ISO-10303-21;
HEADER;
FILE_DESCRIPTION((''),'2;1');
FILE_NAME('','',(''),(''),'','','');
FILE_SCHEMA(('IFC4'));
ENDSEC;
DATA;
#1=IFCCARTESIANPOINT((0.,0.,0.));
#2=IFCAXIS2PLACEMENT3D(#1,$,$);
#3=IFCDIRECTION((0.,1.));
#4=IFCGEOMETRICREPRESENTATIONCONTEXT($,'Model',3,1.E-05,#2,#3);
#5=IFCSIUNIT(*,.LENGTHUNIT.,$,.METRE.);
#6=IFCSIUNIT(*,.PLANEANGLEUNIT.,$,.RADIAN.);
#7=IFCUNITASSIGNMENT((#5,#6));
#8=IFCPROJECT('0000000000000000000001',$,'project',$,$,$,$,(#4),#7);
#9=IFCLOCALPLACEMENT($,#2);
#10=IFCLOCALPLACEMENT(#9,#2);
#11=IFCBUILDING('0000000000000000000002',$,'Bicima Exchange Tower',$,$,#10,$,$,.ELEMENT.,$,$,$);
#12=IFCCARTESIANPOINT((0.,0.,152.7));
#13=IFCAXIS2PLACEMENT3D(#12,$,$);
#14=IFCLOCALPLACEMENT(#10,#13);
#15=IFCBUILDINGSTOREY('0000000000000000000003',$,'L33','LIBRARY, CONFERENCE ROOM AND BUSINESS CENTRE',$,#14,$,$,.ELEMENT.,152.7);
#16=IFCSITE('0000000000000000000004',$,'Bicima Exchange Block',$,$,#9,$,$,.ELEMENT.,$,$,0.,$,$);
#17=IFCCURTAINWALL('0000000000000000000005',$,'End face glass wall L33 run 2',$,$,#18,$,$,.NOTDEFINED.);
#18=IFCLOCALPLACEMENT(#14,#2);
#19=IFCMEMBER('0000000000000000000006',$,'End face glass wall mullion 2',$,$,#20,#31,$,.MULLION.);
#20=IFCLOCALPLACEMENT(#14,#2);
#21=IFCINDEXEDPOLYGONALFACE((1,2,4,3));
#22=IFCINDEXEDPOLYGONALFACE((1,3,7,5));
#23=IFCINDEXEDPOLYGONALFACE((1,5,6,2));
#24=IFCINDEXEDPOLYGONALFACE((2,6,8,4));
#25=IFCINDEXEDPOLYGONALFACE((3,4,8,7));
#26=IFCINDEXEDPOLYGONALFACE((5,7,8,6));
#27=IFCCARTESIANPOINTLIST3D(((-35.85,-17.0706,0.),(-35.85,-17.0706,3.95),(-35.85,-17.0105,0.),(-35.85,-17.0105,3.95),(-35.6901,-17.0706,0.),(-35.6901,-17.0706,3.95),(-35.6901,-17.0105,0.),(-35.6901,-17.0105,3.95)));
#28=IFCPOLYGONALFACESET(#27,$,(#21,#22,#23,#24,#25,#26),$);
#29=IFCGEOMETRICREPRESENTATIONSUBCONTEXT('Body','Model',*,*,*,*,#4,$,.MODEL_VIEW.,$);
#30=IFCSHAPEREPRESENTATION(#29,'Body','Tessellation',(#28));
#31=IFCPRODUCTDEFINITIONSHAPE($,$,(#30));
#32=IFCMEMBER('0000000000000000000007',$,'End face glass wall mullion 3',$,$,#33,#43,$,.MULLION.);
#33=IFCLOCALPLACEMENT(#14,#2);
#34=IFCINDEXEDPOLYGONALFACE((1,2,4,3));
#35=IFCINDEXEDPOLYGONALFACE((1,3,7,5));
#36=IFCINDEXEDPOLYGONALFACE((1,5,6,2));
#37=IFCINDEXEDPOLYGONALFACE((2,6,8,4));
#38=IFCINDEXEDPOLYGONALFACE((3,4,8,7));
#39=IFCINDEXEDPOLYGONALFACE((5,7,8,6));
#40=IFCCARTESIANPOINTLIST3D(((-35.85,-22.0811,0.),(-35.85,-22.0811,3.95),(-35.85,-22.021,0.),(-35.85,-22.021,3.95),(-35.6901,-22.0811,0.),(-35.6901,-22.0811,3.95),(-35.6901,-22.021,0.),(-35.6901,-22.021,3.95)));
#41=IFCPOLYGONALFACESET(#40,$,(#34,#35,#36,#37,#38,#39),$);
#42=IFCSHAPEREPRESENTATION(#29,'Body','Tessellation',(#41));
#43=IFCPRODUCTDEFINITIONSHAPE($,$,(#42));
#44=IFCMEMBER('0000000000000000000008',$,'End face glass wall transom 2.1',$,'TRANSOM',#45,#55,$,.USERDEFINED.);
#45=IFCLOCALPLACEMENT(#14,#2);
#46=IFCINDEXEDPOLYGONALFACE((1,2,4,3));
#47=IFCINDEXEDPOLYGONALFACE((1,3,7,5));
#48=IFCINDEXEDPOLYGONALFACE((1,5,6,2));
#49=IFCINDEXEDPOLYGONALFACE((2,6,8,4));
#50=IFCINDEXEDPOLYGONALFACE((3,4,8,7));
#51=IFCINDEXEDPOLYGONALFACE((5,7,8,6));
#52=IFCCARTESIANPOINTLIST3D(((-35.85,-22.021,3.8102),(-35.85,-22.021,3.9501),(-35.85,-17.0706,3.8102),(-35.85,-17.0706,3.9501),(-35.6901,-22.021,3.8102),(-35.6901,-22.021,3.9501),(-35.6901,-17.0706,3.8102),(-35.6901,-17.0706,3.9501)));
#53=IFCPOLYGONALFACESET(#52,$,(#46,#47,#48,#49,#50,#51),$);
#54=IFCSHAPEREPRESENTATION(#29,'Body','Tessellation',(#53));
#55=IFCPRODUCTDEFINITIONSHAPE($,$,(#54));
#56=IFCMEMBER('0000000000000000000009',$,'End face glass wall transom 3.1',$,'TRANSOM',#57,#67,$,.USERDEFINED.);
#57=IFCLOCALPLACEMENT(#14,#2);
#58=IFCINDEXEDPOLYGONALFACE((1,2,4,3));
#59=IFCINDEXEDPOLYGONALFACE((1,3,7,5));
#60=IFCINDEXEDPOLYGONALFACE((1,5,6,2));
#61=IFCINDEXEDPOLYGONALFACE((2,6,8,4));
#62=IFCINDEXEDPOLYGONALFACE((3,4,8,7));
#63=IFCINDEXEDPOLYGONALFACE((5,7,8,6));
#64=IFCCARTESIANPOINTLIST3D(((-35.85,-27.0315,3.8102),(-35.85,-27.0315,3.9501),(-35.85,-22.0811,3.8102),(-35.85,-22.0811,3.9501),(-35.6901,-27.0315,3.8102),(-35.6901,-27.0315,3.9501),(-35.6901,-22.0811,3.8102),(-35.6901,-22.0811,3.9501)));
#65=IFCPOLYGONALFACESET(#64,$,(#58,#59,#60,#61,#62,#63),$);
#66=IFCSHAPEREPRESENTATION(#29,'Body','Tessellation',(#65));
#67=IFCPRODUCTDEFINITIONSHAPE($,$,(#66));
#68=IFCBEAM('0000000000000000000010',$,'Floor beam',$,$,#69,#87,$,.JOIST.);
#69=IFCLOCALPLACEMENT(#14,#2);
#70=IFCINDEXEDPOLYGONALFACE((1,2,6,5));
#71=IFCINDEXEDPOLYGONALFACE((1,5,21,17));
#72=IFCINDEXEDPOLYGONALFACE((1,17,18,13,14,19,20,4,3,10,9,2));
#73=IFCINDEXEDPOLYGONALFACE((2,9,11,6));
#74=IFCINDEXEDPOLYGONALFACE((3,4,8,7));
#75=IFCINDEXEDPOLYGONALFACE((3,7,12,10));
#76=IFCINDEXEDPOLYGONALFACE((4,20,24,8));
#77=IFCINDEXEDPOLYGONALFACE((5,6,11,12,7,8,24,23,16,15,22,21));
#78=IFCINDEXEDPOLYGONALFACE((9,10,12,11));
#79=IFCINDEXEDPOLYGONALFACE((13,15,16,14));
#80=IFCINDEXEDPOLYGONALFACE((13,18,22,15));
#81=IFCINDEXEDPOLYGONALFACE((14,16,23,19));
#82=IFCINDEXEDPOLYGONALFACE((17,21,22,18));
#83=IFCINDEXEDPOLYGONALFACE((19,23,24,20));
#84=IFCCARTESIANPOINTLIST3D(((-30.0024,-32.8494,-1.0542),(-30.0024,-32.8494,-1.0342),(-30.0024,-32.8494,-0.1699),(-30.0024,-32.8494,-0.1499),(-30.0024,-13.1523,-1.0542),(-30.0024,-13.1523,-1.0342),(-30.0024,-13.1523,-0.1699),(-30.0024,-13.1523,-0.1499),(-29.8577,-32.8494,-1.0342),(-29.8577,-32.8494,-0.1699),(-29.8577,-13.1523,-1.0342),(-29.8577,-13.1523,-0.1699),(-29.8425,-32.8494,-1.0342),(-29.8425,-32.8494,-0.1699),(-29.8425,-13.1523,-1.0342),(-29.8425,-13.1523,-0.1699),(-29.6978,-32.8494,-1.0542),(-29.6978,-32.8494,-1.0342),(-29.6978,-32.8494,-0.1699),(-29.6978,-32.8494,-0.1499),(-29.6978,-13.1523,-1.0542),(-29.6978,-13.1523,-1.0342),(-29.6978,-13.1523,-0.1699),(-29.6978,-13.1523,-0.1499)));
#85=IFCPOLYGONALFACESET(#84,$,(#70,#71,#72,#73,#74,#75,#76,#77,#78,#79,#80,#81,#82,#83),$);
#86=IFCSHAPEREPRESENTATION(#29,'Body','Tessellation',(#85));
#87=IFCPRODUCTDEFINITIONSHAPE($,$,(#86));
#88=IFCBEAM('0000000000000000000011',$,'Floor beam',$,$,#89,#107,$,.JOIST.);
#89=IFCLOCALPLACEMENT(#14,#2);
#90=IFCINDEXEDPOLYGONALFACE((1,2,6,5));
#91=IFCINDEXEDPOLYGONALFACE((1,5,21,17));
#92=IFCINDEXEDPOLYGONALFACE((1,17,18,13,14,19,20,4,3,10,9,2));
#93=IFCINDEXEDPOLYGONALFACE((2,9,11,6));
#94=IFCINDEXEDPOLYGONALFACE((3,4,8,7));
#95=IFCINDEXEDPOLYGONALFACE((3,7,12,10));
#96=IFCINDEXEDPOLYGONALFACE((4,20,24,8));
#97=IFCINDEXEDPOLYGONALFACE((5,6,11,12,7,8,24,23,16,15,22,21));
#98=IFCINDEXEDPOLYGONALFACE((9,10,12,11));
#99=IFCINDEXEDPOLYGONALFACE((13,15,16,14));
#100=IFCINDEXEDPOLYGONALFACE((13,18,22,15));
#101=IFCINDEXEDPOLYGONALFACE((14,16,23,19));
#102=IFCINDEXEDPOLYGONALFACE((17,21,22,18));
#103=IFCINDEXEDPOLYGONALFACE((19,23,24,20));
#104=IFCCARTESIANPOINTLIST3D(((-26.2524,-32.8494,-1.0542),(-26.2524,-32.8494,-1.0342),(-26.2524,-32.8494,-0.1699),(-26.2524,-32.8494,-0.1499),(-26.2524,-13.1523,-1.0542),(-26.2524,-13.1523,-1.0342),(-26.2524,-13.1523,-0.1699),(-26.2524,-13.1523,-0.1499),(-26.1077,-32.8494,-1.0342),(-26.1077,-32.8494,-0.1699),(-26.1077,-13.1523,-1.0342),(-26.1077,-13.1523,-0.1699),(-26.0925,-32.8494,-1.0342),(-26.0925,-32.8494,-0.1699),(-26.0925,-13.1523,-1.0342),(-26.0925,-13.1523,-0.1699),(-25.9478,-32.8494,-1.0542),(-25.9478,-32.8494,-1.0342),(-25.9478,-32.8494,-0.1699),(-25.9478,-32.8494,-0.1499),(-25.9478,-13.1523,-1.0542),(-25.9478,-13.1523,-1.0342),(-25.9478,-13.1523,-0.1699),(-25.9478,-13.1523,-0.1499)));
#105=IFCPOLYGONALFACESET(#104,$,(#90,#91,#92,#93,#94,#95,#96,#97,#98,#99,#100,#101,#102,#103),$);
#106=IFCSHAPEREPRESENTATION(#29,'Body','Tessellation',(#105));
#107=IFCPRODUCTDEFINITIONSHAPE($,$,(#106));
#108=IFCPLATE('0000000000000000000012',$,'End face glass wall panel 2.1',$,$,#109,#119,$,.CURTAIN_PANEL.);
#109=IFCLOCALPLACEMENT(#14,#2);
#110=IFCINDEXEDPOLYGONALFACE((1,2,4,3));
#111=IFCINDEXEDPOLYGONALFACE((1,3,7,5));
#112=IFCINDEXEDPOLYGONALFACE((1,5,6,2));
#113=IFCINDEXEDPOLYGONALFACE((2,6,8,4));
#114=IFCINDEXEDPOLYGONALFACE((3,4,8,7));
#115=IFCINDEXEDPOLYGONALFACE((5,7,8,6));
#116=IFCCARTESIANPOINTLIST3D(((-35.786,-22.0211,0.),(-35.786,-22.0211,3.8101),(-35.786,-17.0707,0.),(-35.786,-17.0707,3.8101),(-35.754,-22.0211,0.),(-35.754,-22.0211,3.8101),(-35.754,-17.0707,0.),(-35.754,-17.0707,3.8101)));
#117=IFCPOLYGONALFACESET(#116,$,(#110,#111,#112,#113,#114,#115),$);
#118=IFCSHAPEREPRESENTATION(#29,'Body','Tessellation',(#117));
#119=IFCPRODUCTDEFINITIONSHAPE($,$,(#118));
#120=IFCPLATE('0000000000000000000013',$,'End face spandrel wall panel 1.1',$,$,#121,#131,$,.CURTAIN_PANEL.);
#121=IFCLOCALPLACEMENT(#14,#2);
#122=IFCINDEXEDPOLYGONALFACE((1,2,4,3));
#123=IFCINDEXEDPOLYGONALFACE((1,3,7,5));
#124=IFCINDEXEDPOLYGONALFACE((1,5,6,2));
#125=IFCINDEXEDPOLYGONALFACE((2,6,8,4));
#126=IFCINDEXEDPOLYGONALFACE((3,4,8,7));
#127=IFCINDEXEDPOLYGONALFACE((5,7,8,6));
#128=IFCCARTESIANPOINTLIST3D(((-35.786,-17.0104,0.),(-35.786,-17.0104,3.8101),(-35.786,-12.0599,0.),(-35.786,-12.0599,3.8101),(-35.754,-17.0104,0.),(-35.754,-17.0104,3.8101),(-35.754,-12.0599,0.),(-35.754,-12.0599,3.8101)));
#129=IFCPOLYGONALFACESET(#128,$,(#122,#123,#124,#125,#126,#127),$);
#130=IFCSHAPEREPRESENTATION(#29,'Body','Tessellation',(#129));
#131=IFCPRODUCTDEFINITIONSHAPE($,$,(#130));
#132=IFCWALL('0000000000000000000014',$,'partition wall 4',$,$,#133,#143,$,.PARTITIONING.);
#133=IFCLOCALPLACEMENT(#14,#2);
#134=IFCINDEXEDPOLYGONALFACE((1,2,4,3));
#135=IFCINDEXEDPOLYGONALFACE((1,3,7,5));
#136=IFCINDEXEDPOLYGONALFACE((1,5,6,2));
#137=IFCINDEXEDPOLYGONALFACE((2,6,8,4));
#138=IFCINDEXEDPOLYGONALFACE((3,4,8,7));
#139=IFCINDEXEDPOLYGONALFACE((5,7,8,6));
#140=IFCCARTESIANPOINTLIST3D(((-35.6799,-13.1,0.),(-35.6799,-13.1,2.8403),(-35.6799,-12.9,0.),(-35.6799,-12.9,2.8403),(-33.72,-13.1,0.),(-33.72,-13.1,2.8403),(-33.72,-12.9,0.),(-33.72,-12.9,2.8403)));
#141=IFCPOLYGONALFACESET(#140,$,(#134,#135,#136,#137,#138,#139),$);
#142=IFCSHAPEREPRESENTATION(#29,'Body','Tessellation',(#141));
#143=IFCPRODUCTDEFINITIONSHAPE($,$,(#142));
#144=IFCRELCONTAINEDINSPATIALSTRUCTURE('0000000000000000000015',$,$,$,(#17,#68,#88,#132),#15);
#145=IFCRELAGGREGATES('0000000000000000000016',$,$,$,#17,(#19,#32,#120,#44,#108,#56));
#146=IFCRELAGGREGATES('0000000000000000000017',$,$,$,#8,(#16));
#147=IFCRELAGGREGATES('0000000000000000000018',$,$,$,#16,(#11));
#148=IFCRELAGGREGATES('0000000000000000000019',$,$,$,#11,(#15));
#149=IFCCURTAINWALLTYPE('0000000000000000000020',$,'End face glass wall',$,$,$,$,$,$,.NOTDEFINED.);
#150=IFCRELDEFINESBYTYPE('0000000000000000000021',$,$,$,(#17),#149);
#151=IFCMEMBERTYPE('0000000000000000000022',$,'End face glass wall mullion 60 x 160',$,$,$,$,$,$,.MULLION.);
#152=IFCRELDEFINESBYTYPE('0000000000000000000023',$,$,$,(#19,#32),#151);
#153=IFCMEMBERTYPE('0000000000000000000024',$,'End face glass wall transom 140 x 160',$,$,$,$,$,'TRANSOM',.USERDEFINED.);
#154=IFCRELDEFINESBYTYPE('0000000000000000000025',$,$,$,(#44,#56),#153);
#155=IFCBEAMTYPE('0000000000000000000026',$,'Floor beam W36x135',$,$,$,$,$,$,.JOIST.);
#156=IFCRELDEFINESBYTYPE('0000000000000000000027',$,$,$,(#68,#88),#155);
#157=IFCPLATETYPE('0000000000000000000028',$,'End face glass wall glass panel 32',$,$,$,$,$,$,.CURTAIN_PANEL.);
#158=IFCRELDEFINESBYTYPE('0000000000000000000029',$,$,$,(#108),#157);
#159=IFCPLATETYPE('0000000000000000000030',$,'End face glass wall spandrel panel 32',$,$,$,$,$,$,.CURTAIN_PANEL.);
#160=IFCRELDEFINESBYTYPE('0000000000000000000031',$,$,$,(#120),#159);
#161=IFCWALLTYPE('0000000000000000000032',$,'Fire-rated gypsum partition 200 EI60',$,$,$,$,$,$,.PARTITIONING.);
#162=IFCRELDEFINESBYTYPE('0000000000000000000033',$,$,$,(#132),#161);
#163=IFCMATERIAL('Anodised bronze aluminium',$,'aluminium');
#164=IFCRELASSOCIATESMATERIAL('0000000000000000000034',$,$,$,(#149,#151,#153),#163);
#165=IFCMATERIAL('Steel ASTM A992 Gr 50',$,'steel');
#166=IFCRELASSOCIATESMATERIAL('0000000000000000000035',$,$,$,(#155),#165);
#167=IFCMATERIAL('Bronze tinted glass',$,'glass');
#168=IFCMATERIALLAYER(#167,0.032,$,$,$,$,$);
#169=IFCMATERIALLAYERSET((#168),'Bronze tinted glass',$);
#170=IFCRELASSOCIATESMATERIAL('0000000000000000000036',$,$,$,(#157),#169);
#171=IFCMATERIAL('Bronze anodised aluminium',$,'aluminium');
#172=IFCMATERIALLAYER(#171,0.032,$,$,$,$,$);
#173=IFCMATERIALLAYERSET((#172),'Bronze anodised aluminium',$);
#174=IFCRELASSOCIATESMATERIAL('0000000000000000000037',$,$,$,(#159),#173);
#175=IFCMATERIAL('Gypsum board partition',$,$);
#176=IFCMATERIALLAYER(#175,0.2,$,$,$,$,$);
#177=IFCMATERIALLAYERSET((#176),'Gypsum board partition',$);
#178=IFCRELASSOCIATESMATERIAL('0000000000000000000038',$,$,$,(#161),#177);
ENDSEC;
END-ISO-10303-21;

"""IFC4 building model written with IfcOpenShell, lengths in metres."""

from ifc_helpers import new_model, si_unit, direction, frame, frame_2d, origin, origin_2d, place, context, subcontext, project, spatial, rectangle, i_section, extrude, material, layer, layer_set, material_profile, profile_set, type_object, element, aggregate, save


model = new_model("IFC4")

# Units and contexts
model_context = context("Model", 3, precision=1e-05, world=origin(), true_north=direction((0.0, 1.0)))
body_context = subcontext(model_context, "Body", "Model", "MODEL_VIEW")
ifc_project = project(units=[si_unit("LENGTHUNIT", "METRE"), si_unit("PLANEANGLEUNIT", "RADIAN")], contexts=[model_context])

# Site, building, storey
site_placement = place(None, origin())
site = spatial("IfcSite", under=ifc_project, at=site_placement, Name="Bicima Exchange Block", CompositionType="ELEMENT", RefElevation=0.0)
building_placement = place(site_placement, origin())
building = spatial("IfcBuilding", under=site, at=building_placement, Name="Bicima Exchange Tower", CompositionType="ELEMENT")
storey_placement = place(building_placement, frame((0.0, 0.0, 152.7)))
storey = spatial("IfcBuildingStorey", under=building, at=storey_placement, Name="L33", Description="LIBRARY, CONFERENCE ROOM AND BUSINESS CENTRE", CompositionType="ELEMENT", Elevation=152.7)

# Curtain wall, members
ifc_material_1 = material(Name="Anodised bronze aluminium", Category="aluminium")
curtain_wall_type = type_object("IfcCurtainWallType", Name="End face glass wall", PredefinedType="NOTDEFINED", material=ifc_material_1)
curtain_wall_placement = place(storey_placement, origin())
curtain_wall = element("IfcCurtainWall", 1, at=curtain_wall_placement, inside=storey, type_object=curtain_wall_type, Name="End face glass wall L33 run 2", PredefinedType="NOTDEFINED")
ifc_material_profile_1 = material_profile(ifc_material_1, rectangle(XDim=0.1599, YDim=0.0601, at=origin_2d()))
ifc_profile_set_1 = profile_set([ifc_material_profile_1], Name="Anodised bronze aluminium")
member_type_1 = type_object("IfcMemberType", Name="End face glass wall mullion 60 x 160", PredefinedType="MULLION", material=ifc_profile_set_1)
member_1_placement = place(storey_placement, frame((-35.77, -17.0405, 0.0), z_axis=(0.0, 0.0, 1.0), x_axis=(1.0, 0.0, 0.0)))
member_1 = element("IfcMember", 2, at=member_1_placement, type_object=member_type_1, Name="End face glass wall mullion 2", PredefinedType="MULLION", context=body_context, shape_type="SweptSolid", body=[
    extrude(rectangle(XDim=0.1599, YDim=0.0601, at=origin_2d()), origin(), (0.0, 0.0, 1.0), 3.95),
])
member_2_placement = place(storey_placement, frame((-35.77, -22.051, 0.0), z_axis=(0.0, 0.0, 1.0), x_axis=(1.0, 0.0, 0.0)))
member_2 = element("IfcMember", 3, at=member_2_placement, type_object=member_type_1, Name="End face glass wall mullion 3", PredefinedType="MULLION", context=body_context, shape_type="SweptSolid", body=[
    extrude(rectangle(XDim=0.1599, YDim=0.0601, at=origin_2d()), origin(), (0.0, 0.0, 1.0), 3.95),
])
ifc_material_profile_2 = material_profile(ifc_material_1, rectangle(XDim=0.1599, YDim=0.1399, at=origin_2d()))
ifc_profile_set_2 = profile_set([ifc_material_profile_2], Name="Anodised bronze aluminium")
member_type_2 = type_object("IfcMemberType", Name="End face glass wall transom 140 x 160", ElementType="TRANSOM", PredefinedType="USERDEFINED", material=ifc_profile_set_2)
member_3_placement = place(storey_placement, frame((-35.77, -17.0706, 3.8801), z_axis=(0.0, -1.0, 0.0), x_axis=(1.0, 0.0, 0.0)))
member_3 = element("IfcMember", 4, at=member_3_placement, type_object=member_type_2, Name="End face glass wall transom 2.1", ObjectType="TRANSOM", PredefinedType="USERDEFINED", context=body_context, shape_type="SweptSolid", body=[
    extrude(rectangle(XDim=0.1599, YDim=0.1399, at=origin_2d()), origin(), (0.0, 0.0, 1.0), 4.9504),
])
member_4_placement = place(storey_placement, frame((-35.77, -22.0811, 3.8801), z_axis=(0.0, -1.0, 0.0), x_axis=(1.0, 0.0, 0.0)))
member_4 = element("IfcMember", 5, at=member_4_placement, type_object=member_type_2, Name="End face glass wall transom 3.1", ObjectType="TRANSOM", PredefinedType="USERDEFINED", context=body_context, shape_type="SweptSolid", body=[
    extrude(rectangle(XDim=0.1599, YDim=0.1399, at=origin_2d()), origin(), (0.0, 0.0, 1.0), 4.9504),
])

# Beams
ifc_material_2 = material(Name="Steel ASTM A992 Gr 50", Category="steel")
ifc_material_profile_3 = material_profile(ifc_material_2, i_section(OverallWidth=0.3047, OverallDepth=0.9043, WebThickness=0.0151, FlangeThickness=0.02, at=origin_2d()))
ifc_profile_set_3 = profile_set([ifc_material_profile_3], Name="Steel ASTM A992 Gr 50")
beam_type = type_object("IfcBeamType", Name="Floor beam W36x135", PredefinedType="JOIST", material=ifc_profile_set_3)
for number, where, z_axis, x_axis, name in (
    (6, (-29.8501, -13.1523, -0.6021), (0.0, -1.0, 0.0), (1.0, 0.0, 0.0), "Floor beam"),
    (7, (-26.1001, -13.1523, -0.6021), (0.0, -1.0, 0.0), (1.0, 0.0, 0.0), "Floor beam"),
):
    element("IfcBeam", number, at=place(storey_placement, frame(where, z_axis=z_axis, x_axis=x_axis)), inside=storey, type_object=beam_type, Name=name, PredefinedType="JOIST", context=body_context, shape_type="SweptSolid", body=[
        extrude(i_section(OverallWidth=0.3047, OverallDepth=0.9043, WebThickness=0.0151, FlangeThickness=0.02, at=origin_2d()), origin(), (0.0, 0.0, 1.0), 19.697),
    ])

# Plates
ifc_material_3 = material(Name="Bronze tinted glass", Category="glass")
ifc_layer_1 = layer(ifc_material_3, 0.032)
ifc_layer_set_1 = layer_set([ifc_layer_1], Name="Bronze tinted glass")
plate_type_1 = type_object("IfcPlateType", Name="End face glass wall glass panel 32", PredefinedType="CURTAIN_PANEL", material=ifc_layer_set_1)
plate_1_placement = place(storey_placement, frame((-35.77, -19.5459, 0.0), z_axis=(0.0, 0.0, 1.0), x_axis=(0.0, -1.0, 0.0)))
plate_1 = element("IfcPlate", 8, at=plate_1_placement, type_object=plate_type_1, Name="End face glass wall panel 2.1", PredefinedType="CURTAIN_PANEL", context=body_context, shape_type="SweptSolid", body=[
    extrude(rectangle(XDim=4.9504, YDim=0.032, at=origin_2d()), origin(), (0.0, 0.0, 1.0), 3.8101),
])
ifc_material_4 = material(Name="Bronze anodised aluminium", Category="aluminium")
ifc_layer_2 = layer(ifc_material_4, 0.032)
ifc_layer_set_2 = layer_set([ifc_layer_2], Name="Bronze anodised aluminium")
plate_type_2 = type_object("IfcPlateType", Name="End face glass wall spandrel panel 32", PredefinedType="CURTAIN_PANEL", material=ifc_layer_set_2)
plate_2_placement = place(storey_placement, frame((-35.77, -14.5352, 0.0), z_axis=(0.0, 0.0, 1.0), x_axis=(0.0, -1.0, 0.0)))
plate_2 = element("IfcPlate", 9, at=plate_2_placement, type_object=plate_type_2, Name="End face spandrel wall panel 1.1", PredefinedType="CURTAIN_PANEL", context=body_context, shape_type="SweptSolid", body=[
    extrude(rectangle(XDim=4.9504, YDim=0.032, at=origin_2d()), origin(), (0.0, 0.0, 1.0), 3.8101),
])
aggregate(curtain_wall, [member_1, member_2, plate_2, member_3, plate_1, member_4])

# Shared definitions
ifc_material_5 = material(Name="Gypsum board partition")
ifc_layer_3 = layer(ifc_material_5, 0.2)
ifc_layer_set_3 = layer_set([ifc_layer_3], Name="Gypsum board partition")
wall_type = type_object("IfcWallType", Name="Fire-rated gypsum partition 200 EI60", PredefinedType="PARTITIONING", material=ifc_layer_set_3)

# Wall
wall_1_placement = place(storey_placement, frame((-35.6799, -13.0, 0.0), z_axis=(0.0, 0.0, 1.0), x_axis=(1.0, 0.0, 0.0)))
element("IfcWall", 10, at=wall_1_placement, inside=storey, type_object=wall_type, Name="partition wall 4", PredefinedType="PARTITIONING", context=body_context, shape_type="SweptSolid", body=[
    extrude(rectangle(XDim=1.96, YDim=0.2, at=frame_2d((0.98, 0.0))), origin(), (0.0, 0.0, 1.0), 2.8403),
])

save(model, "model.ifc")
